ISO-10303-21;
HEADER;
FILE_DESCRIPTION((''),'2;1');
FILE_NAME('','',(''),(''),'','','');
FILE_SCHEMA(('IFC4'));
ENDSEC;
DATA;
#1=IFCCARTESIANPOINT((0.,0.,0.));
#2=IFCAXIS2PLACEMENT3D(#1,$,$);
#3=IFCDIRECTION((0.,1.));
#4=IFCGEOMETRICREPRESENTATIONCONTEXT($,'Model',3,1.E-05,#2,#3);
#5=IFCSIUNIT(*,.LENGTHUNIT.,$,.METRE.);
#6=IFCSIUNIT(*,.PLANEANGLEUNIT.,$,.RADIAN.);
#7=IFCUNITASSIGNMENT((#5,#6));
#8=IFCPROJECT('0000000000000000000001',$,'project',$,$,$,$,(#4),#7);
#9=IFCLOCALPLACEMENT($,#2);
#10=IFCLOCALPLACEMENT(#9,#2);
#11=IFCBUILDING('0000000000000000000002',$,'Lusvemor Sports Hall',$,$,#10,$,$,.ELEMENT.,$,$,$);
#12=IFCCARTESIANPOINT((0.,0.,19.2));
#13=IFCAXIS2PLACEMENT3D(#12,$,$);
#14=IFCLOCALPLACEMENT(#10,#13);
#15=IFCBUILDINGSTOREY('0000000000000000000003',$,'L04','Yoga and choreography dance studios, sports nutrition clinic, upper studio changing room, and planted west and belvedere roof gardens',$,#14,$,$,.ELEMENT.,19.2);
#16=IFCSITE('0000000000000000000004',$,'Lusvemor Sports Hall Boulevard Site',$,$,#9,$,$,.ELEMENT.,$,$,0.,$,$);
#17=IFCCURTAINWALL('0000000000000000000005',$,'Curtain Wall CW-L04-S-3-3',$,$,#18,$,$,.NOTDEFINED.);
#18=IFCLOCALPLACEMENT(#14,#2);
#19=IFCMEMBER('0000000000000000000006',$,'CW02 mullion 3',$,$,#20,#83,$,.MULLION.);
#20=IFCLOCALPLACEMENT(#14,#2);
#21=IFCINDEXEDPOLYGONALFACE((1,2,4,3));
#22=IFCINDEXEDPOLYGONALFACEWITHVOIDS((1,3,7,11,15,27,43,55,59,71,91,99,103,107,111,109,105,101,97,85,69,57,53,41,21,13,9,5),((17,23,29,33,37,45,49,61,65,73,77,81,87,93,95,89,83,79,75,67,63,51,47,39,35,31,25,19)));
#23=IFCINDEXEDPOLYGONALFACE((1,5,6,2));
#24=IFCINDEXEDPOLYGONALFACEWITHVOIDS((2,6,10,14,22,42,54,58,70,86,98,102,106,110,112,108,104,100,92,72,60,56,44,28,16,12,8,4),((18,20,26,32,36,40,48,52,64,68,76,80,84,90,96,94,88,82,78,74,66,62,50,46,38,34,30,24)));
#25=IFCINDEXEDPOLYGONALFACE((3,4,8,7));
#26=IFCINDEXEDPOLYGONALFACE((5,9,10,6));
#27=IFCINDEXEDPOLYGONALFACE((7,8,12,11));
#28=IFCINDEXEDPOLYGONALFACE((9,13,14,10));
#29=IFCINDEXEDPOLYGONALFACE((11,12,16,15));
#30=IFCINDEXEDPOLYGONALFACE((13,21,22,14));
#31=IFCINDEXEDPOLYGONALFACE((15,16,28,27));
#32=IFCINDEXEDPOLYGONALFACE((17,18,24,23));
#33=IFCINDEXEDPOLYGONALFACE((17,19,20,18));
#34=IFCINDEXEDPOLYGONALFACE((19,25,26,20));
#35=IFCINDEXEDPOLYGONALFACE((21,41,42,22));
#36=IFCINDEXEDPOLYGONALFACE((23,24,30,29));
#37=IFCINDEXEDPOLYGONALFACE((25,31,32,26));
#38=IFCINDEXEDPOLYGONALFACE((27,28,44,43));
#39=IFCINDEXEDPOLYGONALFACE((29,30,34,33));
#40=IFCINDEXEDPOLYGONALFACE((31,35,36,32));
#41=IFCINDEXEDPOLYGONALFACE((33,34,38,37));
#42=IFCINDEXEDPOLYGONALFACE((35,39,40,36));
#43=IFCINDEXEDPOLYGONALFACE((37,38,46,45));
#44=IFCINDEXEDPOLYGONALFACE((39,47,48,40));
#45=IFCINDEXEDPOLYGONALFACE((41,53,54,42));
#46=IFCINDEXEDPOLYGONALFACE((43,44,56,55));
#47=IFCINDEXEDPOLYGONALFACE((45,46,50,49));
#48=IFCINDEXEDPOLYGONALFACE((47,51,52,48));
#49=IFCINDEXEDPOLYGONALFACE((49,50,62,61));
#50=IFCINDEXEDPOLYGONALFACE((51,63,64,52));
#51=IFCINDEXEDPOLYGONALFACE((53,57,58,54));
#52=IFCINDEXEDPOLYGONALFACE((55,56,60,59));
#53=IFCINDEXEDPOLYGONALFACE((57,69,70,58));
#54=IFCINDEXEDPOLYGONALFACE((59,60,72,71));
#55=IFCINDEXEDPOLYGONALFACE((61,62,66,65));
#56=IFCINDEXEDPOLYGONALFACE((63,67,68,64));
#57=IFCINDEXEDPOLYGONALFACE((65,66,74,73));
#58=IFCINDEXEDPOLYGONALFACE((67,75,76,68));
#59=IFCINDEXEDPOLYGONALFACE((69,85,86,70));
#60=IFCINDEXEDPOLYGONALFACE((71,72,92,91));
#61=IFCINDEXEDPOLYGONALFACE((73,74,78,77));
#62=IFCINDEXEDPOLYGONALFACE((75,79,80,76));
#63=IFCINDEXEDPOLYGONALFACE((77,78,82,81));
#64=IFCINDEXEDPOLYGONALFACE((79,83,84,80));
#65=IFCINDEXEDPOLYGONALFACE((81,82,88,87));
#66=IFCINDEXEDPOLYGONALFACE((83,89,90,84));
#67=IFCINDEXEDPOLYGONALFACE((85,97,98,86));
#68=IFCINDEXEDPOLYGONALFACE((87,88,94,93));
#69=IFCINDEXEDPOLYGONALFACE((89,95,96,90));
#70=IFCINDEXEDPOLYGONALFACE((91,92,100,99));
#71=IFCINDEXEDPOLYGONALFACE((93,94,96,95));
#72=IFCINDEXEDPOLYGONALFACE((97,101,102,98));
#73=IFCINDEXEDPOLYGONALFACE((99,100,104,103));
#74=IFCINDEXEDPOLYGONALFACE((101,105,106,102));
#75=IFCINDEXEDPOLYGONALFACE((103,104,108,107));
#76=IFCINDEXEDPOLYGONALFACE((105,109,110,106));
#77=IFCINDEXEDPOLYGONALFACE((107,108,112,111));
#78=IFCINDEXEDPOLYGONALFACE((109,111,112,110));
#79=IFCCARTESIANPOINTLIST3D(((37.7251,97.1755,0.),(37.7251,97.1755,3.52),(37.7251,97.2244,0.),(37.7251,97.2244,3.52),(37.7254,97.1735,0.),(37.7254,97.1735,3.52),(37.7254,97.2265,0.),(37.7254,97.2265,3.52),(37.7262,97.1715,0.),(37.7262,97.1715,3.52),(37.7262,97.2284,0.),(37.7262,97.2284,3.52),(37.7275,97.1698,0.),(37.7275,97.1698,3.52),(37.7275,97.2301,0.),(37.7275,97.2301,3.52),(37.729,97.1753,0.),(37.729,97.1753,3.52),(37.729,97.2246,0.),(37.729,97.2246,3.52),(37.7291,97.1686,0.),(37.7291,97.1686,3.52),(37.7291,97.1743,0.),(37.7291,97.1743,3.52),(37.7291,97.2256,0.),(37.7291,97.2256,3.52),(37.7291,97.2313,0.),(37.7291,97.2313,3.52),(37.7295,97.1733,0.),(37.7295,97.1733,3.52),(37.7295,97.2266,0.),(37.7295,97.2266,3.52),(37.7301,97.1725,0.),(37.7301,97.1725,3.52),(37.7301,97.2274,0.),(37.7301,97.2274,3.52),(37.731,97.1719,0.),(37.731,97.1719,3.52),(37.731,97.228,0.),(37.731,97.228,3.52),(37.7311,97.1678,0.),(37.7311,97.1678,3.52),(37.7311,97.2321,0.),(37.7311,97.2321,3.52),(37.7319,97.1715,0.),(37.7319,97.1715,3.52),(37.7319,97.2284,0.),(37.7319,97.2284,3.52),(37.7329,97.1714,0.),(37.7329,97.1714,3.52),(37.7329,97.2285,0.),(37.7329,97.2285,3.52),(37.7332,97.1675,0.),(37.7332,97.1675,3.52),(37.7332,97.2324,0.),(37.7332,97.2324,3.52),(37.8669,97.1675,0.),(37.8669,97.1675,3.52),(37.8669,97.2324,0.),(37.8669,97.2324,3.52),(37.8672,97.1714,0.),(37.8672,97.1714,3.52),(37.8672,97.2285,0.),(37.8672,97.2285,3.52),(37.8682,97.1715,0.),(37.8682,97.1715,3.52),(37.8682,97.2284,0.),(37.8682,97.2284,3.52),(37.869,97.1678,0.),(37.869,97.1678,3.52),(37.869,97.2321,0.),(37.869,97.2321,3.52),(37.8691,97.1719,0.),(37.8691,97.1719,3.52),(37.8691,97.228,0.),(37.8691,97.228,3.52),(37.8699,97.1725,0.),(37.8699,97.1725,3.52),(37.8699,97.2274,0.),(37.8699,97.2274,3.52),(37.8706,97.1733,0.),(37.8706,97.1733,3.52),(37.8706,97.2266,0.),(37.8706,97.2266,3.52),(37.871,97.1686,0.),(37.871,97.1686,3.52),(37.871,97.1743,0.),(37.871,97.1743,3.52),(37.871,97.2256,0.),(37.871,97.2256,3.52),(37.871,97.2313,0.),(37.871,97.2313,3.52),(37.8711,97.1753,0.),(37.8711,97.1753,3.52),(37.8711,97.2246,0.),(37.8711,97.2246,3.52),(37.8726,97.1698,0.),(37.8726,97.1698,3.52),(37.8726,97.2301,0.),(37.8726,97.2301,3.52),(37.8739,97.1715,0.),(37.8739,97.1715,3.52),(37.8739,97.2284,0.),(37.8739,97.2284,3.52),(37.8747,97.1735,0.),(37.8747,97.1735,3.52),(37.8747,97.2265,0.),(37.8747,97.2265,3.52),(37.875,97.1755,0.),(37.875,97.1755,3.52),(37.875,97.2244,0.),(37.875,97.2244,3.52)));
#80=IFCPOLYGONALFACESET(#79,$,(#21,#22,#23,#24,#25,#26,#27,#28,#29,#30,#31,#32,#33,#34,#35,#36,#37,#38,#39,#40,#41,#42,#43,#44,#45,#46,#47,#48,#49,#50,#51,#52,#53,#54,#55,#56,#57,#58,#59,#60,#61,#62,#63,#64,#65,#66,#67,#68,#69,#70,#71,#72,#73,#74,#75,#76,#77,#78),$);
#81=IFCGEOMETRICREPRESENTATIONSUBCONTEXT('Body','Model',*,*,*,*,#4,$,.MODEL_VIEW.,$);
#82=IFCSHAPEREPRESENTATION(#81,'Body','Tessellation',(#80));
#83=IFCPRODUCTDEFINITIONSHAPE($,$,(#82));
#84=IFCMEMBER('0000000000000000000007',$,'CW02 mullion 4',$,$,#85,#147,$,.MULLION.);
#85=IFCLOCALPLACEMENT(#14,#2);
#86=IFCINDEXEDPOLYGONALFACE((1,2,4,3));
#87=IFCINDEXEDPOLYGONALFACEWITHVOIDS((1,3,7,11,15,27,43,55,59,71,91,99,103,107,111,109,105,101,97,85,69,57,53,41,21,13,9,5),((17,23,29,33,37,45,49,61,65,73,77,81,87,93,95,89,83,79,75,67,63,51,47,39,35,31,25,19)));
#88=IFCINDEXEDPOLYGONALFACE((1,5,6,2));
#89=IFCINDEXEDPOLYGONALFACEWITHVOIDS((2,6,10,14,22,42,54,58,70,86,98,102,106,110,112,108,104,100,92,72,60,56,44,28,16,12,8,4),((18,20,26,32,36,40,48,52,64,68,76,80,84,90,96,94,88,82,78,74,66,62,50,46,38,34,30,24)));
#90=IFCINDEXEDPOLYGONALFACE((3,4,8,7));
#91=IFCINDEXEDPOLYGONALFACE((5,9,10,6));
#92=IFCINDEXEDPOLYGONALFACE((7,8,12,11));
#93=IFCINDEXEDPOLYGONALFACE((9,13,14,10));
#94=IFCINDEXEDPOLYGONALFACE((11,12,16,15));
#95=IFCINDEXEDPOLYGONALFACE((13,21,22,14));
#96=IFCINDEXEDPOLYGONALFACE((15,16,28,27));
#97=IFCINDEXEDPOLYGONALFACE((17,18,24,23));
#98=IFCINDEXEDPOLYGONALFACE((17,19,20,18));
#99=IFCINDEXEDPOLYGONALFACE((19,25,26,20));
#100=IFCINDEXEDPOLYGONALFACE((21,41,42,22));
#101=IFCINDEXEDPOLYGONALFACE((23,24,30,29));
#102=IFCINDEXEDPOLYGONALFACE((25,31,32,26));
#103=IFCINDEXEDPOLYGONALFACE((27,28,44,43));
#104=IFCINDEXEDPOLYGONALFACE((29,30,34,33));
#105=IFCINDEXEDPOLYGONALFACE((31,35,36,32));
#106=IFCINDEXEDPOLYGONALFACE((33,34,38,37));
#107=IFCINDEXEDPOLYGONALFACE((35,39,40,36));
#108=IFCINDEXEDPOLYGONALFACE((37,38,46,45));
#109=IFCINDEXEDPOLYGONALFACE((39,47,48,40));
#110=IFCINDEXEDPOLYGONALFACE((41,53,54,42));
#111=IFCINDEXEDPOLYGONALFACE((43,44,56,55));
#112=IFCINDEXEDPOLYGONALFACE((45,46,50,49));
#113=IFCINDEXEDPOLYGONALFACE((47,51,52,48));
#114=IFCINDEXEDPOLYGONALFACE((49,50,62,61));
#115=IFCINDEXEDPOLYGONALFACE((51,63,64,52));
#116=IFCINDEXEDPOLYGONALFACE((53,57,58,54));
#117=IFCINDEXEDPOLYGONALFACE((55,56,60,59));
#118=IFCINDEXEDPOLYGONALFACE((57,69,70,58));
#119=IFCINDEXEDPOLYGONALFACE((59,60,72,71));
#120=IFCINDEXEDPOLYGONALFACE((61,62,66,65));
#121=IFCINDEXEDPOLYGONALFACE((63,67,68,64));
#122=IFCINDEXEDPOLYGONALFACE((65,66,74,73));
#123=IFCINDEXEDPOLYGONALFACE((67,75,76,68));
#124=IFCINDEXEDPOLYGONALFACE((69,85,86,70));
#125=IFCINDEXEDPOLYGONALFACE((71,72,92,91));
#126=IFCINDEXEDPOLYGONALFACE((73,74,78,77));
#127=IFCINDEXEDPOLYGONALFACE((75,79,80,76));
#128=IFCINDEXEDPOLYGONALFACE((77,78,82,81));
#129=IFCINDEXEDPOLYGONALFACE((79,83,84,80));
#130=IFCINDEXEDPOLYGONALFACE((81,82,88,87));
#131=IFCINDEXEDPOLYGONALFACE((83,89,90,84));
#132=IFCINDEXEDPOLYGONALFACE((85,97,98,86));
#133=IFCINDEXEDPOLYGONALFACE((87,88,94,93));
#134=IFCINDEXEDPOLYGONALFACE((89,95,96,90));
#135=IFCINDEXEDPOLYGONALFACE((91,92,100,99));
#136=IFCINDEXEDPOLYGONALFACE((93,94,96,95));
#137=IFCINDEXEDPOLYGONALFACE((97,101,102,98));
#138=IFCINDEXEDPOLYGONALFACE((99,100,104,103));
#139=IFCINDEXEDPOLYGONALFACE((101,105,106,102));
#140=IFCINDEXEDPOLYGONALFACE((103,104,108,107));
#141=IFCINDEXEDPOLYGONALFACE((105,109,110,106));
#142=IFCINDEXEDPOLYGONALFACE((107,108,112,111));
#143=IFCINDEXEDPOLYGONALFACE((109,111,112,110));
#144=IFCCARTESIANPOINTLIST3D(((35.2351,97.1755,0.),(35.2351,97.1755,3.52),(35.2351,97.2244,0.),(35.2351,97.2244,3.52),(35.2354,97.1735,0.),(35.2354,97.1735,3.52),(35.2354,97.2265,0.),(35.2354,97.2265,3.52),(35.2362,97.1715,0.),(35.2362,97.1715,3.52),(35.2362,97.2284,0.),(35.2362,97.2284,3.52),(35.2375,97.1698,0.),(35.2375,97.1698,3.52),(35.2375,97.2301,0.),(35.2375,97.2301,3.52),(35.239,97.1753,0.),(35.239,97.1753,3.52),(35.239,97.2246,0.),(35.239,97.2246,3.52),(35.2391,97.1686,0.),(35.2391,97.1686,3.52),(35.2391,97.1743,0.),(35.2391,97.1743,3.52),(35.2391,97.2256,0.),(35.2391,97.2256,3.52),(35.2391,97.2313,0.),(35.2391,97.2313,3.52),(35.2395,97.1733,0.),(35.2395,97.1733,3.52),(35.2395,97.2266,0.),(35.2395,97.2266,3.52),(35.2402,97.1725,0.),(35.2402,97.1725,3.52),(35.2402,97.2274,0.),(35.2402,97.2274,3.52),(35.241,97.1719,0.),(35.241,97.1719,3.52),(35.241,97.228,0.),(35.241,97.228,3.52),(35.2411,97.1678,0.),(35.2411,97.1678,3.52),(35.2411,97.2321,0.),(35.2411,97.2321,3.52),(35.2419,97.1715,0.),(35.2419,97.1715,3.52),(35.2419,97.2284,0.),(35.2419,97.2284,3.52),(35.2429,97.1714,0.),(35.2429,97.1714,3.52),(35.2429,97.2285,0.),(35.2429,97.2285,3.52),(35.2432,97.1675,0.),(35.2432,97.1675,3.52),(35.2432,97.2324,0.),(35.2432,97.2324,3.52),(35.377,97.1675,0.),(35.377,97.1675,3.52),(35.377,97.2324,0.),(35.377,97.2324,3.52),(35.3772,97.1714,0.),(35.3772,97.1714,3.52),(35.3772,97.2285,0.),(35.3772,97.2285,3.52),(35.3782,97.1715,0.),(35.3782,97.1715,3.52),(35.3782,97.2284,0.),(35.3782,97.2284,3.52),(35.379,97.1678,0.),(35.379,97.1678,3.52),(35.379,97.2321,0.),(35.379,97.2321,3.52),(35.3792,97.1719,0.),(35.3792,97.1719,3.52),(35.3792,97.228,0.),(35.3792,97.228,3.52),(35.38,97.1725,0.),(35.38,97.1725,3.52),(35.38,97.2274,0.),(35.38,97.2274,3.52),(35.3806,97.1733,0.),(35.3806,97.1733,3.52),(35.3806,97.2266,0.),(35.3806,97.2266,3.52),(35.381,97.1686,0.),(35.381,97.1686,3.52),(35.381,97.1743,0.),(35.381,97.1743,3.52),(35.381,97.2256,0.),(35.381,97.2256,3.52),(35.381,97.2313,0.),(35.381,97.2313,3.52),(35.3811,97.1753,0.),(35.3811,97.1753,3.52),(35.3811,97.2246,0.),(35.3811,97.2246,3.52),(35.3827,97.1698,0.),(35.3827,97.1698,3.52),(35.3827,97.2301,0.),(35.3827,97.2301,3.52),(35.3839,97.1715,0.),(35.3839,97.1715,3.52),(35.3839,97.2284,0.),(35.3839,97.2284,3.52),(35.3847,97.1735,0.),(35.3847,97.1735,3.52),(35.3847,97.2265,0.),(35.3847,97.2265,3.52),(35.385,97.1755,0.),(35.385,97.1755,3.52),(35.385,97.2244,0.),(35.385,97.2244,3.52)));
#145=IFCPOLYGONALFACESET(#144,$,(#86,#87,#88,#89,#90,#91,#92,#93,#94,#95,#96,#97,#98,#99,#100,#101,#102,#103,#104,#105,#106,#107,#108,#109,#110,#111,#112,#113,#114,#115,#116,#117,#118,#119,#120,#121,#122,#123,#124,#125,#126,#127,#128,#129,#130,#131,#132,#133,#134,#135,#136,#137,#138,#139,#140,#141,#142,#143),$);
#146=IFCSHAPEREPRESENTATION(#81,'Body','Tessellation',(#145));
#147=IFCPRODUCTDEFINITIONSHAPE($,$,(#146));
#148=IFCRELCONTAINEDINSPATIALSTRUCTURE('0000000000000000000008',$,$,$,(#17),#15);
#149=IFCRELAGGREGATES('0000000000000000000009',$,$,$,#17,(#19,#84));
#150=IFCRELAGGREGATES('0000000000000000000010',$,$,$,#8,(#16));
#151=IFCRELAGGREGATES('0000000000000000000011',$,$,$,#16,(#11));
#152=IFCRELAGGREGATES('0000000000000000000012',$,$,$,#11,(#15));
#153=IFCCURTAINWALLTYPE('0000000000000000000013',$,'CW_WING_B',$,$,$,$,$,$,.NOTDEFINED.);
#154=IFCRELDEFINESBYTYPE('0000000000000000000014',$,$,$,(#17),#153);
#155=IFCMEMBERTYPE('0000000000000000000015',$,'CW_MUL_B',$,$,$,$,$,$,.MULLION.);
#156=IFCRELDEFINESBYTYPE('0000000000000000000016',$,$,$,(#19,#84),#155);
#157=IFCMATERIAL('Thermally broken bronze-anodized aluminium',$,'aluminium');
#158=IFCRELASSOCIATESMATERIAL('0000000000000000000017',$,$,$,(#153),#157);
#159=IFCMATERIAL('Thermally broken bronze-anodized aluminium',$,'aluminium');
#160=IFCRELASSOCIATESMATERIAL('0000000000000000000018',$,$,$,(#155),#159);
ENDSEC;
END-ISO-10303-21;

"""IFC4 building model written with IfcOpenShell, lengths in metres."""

from ifc_helpers import new_model, si_unit, direction, frame, origin, origin_2d, place, context, subcontext, project, spatial, hollow_rectangle, extrude, material, material_profile, profile_set, type_object, element, aggregate, save


model = new_model("IFC4")

# Units and contexts
model_context = context("Model", 3, precision=1e-05, world=origin(), true_north=direction((0.0, 1.0)))
body_context = subcontext(model_context, "Body", "Model", "MODEL_VIEW")
ifc_project = project(units=[si_unit("LENGTHUNIT", "METRE"), si_unit("PLANEANGLEUNIT", "RADIAN")], contexts=[model_context])

# Site, building, storey
site_placement = place(None, origin())
site = spatial("IfcSite", under=ifc_project, at=site_placement, Name="Lusvemor Sports Hall Boulevard Site", CompositionType="ELEMENT", RefElevation=0.0)
building_placement = place(site_placement, origin())
building = spatial("IfcBuilding", under=site, at=building_placement, Name="Lusvemor Sports Hall", CompositionType="ELEMENT")
storey_placement = place(building_placement, frame((0.0, 0.0, 19.2)))
storey = spatial("IfcBuildingStorey", under=building, at=storey_placement, Name="L04", Description="Yoga and choreography dance studios, sports nutrition clinic, upper studio changing room, and planted west and belvedere roof gardens", CompositionType="ELEMENT", Elevation=19.2)

# Shared definitions
ifc_material_1 = material(Name="Thermally broken bronze-anodized aluminium", Category="aluminium")
curtain_wall_type = type_object("IfcCurtainWallType", Name="CW_WING_B", PredefinedType="NOTDEFINED", material=ifc_material_1)
ifc_material_2 = material(Name="Thermally broken bronze-anodized aluminium", Category="aluminium")
ifc_material_profile_1 = material_profile(ifc_material_2, hollow_rectangle(XDim=0.0649, YDim=0.1499, WallThickness=0.0039, InnerFilletRadius=0.0039, OuterFilletRadius=0.0081, at=origin_2d()), Name="CWMUL150x65x4")
ifc_profile_set_1 = profile_set([ifc_material_profile_1], Name="Thermally broken bronze-anodized aluminium")
member_type_1 = type_object("IfcMemberType", Name="CW_MUL_B", PredefinedType="MULLION", material=ifc_profile_set_1)

# Curtain wall, members
curtain_wall_1_placement = place(storey_placement, origin())
curtain_wall_1 = element("IfcCurtainWall", 1, at=curtain_wall_1_placement, inside=storey, type_object=curtain_wall_type, Name="Curtain Wall CW-L04-S-3-3", PredefinedType="NOTDEFINED")
member_1_placement = place(storey_placement, frame((37.8, 97.2, 0.0), z_axis=(0.0, 0.0, 1.0), x_axis=(0.0, -1.0, 0.0)))
member_1 = element("IfcMember", 2, at=member_1_placement, type_object=member_type_1, Name="CW02 mullion 3", PredefinedType="MULLION", context=body_context, shape_type="SweptSolid", body=[
    extrude(hollow_rectangle(XDim=0.0649, YDim=0.1499, WallThickness=0.0039, InnerFilletRadius=0.0039, OuterFilletRadius=0.0081, at=origin_2d()), origin(), (0.0, 0.0, 1.0), 3.52),
])
member_2_placement = place(storey_placement, frame((35.3101, 97.2, 0.0), z_axis=(0.0, 0.0, 1.0), x_axis=(0.0, -1.0, 0.0)))
member_2 = element("IfcMember", 3, at=member_2_placement, type_object=member_type_1, Name="CW02 mullion 4", PredefinedType="MULLION", context=body_context, shape_type="SweptSolid", body=[
    extrude(hollow_rectangle(XDim=0.0649, YDim=0.1499, WallThickness=0.0039, InnerFilletRadius=0.0039, OuterFilletRadius=0.0081, at=origin_2d()), origin(), (0.0, 0.0, 1.0), 3.52),
])

aggregate(curtain_wall_1, [member_1, member_2])

save(model, "model.ifc")
